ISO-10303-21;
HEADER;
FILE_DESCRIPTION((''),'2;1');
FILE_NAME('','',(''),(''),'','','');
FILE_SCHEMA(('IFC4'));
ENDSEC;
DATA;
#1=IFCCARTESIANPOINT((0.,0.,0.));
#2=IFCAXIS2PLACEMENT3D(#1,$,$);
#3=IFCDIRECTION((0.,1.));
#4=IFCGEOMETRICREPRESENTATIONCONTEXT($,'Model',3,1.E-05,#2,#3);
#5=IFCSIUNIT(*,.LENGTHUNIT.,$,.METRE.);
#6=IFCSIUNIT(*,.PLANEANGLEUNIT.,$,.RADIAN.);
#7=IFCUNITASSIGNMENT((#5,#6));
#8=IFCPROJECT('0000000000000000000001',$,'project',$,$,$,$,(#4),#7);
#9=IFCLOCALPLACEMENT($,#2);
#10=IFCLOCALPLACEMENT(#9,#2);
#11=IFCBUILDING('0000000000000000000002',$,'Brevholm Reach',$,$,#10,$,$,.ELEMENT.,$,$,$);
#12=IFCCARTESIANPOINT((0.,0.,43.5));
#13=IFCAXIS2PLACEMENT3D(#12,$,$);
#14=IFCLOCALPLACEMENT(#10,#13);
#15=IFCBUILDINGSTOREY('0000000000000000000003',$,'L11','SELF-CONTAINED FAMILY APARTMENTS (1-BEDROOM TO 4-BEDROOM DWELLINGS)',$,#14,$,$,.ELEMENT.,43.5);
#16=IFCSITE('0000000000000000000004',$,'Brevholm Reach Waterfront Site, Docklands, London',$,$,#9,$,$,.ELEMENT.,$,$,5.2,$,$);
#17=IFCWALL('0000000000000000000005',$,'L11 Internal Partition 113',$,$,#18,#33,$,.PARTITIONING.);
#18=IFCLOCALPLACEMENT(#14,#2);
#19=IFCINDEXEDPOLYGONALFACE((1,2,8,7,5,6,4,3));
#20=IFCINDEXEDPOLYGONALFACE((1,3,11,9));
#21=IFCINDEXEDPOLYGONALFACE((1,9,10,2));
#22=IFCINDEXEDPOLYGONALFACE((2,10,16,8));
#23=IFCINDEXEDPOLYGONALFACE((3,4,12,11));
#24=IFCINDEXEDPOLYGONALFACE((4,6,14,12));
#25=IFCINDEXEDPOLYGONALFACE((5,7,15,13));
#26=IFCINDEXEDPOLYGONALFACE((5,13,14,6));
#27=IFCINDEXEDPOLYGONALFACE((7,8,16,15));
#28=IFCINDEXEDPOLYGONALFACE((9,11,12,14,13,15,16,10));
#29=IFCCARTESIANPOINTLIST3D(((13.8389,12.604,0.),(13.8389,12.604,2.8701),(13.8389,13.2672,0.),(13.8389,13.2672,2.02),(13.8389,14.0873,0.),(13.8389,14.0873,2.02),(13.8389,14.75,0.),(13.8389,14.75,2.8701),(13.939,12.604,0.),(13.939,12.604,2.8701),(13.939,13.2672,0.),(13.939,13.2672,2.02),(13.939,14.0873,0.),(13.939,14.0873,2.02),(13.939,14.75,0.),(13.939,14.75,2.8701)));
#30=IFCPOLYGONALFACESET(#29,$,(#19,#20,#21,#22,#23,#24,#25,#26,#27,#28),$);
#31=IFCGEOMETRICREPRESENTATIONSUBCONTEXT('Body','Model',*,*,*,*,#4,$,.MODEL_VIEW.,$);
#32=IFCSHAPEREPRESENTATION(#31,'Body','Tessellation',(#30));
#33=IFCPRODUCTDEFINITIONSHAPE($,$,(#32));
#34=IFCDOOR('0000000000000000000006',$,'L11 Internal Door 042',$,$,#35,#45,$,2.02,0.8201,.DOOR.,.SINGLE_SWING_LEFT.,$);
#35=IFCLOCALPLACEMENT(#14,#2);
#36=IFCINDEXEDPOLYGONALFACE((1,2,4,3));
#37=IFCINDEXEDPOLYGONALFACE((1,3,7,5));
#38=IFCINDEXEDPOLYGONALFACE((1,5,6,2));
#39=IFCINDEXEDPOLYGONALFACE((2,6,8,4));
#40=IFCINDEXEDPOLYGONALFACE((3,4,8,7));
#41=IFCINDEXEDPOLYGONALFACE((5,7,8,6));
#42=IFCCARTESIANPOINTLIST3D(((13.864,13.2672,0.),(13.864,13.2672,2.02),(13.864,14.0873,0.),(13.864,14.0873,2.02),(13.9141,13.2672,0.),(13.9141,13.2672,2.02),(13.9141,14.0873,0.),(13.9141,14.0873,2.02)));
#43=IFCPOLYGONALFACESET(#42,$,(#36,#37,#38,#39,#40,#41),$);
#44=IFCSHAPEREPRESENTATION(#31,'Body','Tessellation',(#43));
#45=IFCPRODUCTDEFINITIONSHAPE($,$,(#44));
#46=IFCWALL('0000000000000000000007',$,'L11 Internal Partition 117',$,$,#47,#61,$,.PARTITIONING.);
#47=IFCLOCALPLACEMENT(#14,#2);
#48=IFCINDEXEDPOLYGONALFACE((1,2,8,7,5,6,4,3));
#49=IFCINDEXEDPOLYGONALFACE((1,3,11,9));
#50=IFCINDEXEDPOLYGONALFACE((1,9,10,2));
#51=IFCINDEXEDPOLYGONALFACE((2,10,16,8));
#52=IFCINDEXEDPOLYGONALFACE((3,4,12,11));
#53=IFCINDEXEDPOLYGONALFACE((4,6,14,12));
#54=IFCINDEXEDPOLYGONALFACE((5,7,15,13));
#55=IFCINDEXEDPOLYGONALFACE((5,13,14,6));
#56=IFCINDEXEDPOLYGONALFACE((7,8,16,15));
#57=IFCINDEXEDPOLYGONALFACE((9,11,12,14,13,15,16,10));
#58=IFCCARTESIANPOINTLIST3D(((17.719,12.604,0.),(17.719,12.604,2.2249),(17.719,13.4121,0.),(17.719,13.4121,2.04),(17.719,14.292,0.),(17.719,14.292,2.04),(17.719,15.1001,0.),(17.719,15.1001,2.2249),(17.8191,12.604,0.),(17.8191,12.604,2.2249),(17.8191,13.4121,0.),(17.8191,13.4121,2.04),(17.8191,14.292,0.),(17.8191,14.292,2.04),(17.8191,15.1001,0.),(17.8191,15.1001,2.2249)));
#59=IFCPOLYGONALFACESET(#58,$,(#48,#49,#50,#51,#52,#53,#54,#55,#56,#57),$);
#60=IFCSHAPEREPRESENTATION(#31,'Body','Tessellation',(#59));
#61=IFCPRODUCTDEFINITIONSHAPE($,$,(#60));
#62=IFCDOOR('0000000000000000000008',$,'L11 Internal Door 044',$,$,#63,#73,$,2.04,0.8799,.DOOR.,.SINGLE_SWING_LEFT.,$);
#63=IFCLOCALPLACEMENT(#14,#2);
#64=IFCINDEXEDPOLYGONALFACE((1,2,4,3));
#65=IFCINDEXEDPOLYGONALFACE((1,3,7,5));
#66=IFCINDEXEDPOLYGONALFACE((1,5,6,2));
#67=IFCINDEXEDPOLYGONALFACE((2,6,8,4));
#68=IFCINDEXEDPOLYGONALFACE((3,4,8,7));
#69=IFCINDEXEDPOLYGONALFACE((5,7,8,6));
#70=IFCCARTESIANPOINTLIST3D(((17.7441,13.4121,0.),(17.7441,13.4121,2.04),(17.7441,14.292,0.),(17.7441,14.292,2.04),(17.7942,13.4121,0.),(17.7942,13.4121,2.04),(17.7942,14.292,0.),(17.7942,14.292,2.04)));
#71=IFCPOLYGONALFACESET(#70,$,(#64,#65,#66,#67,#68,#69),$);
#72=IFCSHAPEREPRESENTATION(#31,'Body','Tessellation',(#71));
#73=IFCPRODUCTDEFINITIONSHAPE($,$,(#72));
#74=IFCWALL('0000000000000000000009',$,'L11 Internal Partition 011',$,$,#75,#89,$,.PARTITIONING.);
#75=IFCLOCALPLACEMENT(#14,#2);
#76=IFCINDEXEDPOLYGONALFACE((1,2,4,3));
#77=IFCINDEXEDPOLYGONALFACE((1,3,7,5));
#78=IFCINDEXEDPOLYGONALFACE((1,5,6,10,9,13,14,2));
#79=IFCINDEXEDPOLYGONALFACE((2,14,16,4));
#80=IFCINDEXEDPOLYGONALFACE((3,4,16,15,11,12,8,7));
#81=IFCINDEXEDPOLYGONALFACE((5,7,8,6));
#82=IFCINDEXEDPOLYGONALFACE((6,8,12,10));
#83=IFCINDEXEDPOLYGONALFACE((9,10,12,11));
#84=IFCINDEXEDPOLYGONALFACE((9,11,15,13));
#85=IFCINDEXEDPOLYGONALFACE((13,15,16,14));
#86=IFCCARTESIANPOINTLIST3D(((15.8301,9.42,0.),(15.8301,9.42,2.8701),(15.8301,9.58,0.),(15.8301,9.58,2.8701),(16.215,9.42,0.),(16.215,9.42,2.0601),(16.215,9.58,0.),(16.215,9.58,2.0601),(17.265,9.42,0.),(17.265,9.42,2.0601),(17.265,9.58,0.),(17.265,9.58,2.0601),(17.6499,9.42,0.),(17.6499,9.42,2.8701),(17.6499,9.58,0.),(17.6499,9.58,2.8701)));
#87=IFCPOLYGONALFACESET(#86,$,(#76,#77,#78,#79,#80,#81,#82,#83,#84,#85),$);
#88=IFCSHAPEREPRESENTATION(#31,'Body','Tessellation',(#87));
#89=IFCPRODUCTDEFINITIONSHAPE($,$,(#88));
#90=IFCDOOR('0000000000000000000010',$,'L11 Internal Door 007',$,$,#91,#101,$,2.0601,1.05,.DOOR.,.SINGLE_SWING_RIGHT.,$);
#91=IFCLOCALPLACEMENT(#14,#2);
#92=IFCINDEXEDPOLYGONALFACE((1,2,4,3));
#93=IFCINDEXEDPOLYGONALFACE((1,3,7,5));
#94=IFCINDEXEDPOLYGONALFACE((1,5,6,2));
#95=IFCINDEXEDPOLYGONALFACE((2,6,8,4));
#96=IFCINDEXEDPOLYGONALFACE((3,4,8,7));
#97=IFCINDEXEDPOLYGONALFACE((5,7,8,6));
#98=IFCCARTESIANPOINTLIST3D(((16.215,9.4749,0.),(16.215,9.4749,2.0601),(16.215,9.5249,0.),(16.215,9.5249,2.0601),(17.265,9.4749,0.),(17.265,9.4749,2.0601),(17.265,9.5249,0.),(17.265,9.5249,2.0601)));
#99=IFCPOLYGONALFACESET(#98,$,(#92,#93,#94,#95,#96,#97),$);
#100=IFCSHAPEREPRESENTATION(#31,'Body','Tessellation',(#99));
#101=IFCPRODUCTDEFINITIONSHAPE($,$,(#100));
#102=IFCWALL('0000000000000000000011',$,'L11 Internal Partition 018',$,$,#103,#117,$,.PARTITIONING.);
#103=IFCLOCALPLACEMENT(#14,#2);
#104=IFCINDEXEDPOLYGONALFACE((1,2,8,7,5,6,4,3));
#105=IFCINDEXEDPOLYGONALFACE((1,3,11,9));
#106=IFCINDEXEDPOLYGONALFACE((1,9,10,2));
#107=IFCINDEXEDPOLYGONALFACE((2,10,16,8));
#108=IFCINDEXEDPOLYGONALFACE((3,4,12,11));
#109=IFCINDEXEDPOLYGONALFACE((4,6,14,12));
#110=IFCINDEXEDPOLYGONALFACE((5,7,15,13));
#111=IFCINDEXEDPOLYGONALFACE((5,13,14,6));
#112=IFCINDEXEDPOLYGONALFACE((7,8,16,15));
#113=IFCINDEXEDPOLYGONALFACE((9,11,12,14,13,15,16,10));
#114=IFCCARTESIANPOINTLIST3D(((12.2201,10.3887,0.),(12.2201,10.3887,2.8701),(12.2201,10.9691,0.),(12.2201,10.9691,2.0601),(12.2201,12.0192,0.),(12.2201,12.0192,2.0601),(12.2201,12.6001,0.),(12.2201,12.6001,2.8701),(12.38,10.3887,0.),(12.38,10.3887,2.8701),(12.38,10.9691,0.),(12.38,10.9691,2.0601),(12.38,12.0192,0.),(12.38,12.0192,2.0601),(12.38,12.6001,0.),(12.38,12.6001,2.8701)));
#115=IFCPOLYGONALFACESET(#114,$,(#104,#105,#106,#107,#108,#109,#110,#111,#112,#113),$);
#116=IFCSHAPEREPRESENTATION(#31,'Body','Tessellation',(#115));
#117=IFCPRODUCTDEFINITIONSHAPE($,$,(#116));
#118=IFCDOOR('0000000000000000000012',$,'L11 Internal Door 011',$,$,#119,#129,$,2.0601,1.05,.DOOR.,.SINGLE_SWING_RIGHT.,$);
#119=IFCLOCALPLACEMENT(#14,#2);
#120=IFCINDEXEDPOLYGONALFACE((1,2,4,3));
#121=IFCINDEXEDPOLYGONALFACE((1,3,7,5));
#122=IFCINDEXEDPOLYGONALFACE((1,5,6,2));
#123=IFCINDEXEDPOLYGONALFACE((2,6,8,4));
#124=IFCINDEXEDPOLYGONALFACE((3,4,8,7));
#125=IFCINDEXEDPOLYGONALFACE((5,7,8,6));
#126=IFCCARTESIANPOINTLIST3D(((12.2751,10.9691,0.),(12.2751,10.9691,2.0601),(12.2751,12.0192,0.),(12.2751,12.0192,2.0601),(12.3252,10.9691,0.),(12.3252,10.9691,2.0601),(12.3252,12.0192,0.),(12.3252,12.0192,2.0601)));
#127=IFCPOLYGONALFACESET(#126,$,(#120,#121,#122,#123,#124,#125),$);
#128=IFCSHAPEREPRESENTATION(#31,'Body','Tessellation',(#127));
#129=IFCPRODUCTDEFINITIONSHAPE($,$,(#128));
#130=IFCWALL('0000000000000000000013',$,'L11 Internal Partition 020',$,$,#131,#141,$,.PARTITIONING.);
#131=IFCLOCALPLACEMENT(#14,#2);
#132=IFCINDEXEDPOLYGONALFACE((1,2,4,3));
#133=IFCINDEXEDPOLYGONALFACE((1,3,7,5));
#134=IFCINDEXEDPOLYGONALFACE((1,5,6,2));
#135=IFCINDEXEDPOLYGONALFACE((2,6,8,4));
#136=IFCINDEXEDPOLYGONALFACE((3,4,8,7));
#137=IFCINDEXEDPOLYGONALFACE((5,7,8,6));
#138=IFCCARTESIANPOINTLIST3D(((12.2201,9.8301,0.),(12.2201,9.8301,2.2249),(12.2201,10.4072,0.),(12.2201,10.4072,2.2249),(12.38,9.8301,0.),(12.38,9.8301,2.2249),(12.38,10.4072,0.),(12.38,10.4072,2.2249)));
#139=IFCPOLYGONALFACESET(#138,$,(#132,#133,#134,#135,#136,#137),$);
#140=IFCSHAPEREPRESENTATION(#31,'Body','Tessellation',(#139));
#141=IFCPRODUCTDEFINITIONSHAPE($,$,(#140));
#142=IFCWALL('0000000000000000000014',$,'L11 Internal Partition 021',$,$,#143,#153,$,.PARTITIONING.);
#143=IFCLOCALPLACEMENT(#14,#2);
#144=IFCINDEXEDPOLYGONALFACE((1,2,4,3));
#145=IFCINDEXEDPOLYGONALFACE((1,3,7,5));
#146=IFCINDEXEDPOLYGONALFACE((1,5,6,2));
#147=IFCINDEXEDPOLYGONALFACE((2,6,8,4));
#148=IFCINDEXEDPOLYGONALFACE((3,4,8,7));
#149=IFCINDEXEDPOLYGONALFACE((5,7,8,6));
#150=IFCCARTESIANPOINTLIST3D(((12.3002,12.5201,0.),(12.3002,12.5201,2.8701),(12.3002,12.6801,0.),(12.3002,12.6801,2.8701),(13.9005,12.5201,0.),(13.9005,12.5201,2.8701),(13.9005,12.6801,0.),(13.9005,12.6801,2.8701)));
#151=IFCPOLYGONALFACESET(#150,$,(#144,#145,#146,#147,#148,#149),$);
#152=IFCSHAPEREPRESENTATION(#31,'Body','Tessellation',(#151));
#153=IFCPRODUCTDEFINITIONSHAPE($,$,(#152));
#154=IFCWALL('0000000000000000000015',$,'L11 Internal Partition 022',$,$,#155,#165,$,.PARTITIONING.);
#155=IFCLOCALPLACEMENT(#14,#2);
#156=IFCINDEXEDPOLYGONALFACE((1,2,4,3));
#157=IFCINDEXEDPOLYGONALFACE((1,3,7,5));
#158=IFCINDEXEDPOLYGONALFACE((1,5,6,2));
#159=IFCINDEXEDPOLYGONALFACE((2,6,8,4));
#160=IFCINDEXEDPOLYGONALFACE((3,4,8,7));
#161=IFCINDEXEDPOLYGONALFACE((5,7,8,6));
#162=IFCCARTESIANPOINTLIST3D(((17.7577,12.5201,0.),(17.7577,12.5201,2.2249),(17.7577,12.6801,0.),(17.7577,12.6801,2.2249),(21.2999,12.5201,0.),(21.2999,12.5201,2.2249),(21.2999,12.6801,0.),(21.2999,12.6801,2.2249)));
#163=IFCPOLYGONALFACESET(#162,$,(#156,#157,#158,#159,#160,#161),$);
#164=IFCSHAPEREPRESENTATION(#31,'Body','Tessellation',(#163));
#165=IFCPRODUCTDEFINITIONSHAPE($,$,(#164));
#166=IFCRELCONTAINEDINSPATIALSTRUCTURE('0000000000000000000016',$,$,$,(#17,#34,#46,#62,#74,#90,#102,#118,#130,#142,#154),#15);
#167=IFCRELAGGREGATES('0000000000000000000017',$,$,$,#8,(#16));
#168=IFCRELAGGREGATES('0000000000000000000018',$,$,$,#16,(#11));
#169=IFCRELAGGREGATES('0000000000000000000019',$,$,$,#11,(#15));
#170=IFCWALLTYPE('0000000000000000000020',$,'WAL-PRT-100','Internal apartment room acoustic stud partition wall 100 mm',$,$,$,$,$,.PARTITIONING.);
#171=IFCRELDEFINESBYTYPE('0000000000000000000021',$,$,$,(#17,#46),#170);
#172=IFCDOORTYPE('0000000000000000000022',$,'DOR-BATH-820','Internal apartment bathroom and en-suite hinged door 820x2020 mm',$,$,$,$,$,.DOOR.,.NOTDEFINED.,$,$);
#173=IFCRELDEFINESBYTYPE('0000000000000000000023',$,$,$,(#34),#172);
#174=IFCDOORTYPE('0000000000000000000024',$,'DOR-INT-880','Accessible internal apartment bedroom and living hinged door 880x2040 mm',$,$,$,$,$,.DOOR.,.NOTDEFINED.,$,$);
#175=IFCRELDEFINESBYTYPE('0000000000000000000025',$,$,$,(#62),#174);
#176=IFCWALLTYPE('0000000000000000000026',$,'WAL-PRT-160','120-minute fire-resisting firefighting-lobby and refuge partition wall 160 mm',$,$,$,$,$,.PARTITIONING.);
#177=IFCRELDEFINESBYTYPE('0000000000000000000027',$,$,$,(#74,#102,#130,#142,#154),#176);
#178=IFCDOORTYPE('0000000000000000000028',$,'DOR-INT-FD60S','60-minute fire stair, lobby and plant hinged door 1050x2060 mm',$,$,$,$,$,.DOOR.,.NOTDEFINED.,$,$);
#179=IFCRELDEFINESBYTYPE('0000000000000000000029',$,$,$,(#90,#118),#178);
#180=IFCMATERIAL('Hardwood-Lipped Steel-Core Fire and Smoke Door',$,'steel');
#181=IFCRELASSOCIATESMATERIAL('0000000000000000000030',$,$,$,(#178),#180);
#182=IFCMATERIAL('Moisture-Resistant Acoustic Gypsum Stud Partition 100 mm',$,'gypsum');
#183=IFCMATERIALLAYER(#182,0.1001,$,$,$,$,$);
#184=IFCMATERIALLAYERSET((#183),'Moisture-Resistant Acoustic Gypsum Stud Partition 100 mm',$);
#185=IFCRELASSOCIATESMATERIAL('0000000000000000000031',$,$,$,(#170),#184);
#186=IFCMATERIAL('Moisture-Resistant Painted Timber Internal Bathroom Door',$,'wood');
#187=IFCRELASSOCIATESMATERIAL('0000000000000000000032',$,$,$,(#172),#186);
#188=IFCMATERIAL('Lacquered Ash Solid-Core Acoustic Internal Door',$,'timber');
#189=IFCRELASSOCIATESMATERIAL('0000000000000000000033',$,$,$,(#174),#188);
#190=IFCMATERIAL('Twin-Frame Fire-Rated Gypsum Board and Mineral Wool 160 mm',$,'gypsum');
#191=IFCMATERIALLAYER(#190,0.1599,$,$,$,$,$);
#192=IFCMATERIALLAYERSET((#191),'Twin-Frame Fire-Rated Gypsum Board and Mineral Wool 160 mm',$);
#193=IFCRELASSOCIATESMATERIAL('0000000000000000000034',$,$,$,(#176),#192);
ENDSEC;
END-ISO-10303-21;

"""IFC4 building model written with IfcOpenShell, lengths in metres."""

from ifc_helpers import new_model, si_unit, direction, frame, frame_2d, origin, place, context, subcontext, project, spatial, rectangle, extrude, material, layer, layer_set, type_object, element, fill, save


model = new_model("IFC4")

# Units and contexts
model_context = context("Model", 3, precision=1e-05, world=origin(), true_north=direction((0.0, 1.0)))
body_context = subcontext(model_context, "Body", "Model", "MODEL_VIEW")
ifc_project = project(units=[si_unit("LENGTHUNIT", "METRE"), si_unit("PLANEANGLEUNIT", "RADIAN")], contexts=[model_context])

# Site, building, storey
site_placement = place(None, origin())
site = spatial("IfcSite", under=ifc_project, at=site_placement, Name="Brevholm Reach Waterfront Site, Docklands, London", CompositionType="ELEMENT", RefElevation=5.2)
building_placement = place(site_placement, origin())
building = spatial("IfcBuilding", under=site, at=building_placement, Name="Brevholm Reach", CompositionType="ELEMENT")
storey_placement = place(building_placement, frame((0.0, 0.0, 43.5)))
storey = spatial("IfcBuildingStorey", under=building, at=storey_placement, Name="L11", Description="SELF-CONTAINED FAMILY APARTMENTS (1-BEDROOM TO 4-BEDROOM DWELLINGS)", CompositionType="ELEMENT", Elevation=43.5)

# Shared definitions
ifc_material_1 = material(Name="Hardwood-Lipped Steel-Core Fire and Smoke Door", Category="steel")
door_type_1 = type_object("IfcDoorType", Name="DOR-INT-FD60S", Description="60-minute fire stair, lobby and plant hinged door 1050x2060 mm", OperationType="NOTDEFINED", PredefinedType="DOOR", material=ifc_material_1)

# Shared definitions
ifc_material_2 = material(Name="Moisture-Resistant Acoustic Gypsum Stud Partition 100 mm", Category="gypsum")
ifc_layer_1 = layer(ifc_material_2, 0.1001)
ifc_layer_set_1 = layer_set([ifc_layer_1], Name="Moisture-Resistant Acoustic Gypsum Stud Partition 100 mm")
wall_type_1 = type_object("IfcWallType", Name="WAL-PRT-100", Description="Internal apartment room acoustic stud partition wall 100 mm", PredefinedType="PARTITIONING", material=ifc_layer_set_1)

# Walls, openings, doors
wall_1_placement = place(storey_placement, frame((13.8889, 12.604, 0.0), z_axis=(0.0, 0.0, 1.0), x_axis=(0.0, 1.0, 0.0)))
wall_1 = element("IfcWall", 1, at=wall_1_placement, inside=storey, type_object=wall_type_1, Name="L11 Internal Partition 113", PredefinedType="PARTITIONING", context=body_context, shape_type="SweptSolid", body=[
    extrude(rectangle(XDim=2.146, YDim=0.1001, at=frame_2d((1.073, 0.0))), origin(), (0.0, 0.0, 1.0), 2.8701),
])
opening_1_placement = place(wall_1_placement, frame((0.6631, 0.0, 0.0)))
opening_1 = element("IfcOpeningElement", 2, at=opening_1_placement, cuts=wall_1, PredefinedType="OPENING", context=body_context, shape_type="SweptSolid", body=[
    extrude(rectangle(XDim=0.8201, YDim=2.02, at=frame_2d((0.4102, 1.01))), frame((0.0, 0.0601, 0.0), z_axis=(0.0, -1.0, 0.0), x_axis=(1.0, 0.0, 0.0)), (0.0, 0.0, 1.0), 0.1201),
])
ifc_material_3 = material(Name="Moisture-Resistant Painted Timber Internal Bathroom Door", Category="wood")
door_type_2 = type_object("IfcDoorType", Name="DOR-BATH-820", Description="Internal apartment bathroom and en-suite hinged door 820x2020 mm", OperationType="NOTDEFINED", PredefinedType="DOOR", material=ifc_material_3)
door_1_placement = place(opening_1_placement, origin())
door_1 = element("IfcDoor", 3, at=door_1_placement, inside=storey, type_object=door_type_2, Name="L11 Internal Door 042", OperationType="SINGLE_SWING_LEFT", OverallHeight=2.02, OverallWidth=0.8201, PredefinedType="DOOR", context=body_context, shape_type="SweptSolid", body=[
    extrude(rectangle(XDim=0.8201, YDim=2.02, at=frame_2d((0.4102, 1.01))), frame((0.0, 0.0249, 0.0), z_axis=(0.0, -1.0, 0.0), x_axis=(1.0, 0.0, 0.0)), (0.0, 0.0, 1.0), 0.05),
])
fill(opening_1, door_1)
wall_2_placement = place(storey_placement, frame((17.769, 12.604, 0.0), z_axis=(0.0, 0.0, 1.0), x_axis=(0.0, 1.0, 0.0)))
wall_2 = element("IfcWall", 4, at=wall_2_placement, inside=storey, type_object=wall_type_1, Name="L11 Internal Partition 117", PredefinedType="PARTITIONING", context=body_context, shape_type="SweptSolid", body=[
    extrude(rectangle(XDim=2.4961, YDim=0.1001, at=frame_2d((1.248, 0.0))), origin(), (0.0, 0.0, 1.0), 2.2249),
])
opening_2_placement = place(wall_2_placement, frame((0.8081, 0.0, 0.0)))
opening_2 = element("IfcOpeningElement", 5, at=opening_2_placement, cuts=wall_2, PredefinedType="OPENING", context=body_context, shape_type="SweptSolid", body=[
    extrude(rectangle(XDim=0.8799, YDim=2.04, at=frame_2d((0.4399, 1.02))), frame((0.0, 0.0601, 0.0), z_axis=(0.0, -1.0, 0.0), x_axis=(1.0, 0.0, 0.0)), (0.0, 0.0, 1.0), 0.1201),
])
ifc_material_4 = material(Name="Lacquered Ash Solid-Core Acoustic Internal Door", Category="timber")
door_type_3 = type_object("IfcDoorType", Name="DOR-INT-880", Description="Accessible internal apartment bedroom and living hinged door 880x2040 mm", OperationType="NOTDEFINED", PredefinedType="DOOR", material=ifc_material_4)
door_2_placement = place(opening_2_placement, origin())
door_2 = element("IfcDoor", 6, at=door_2_placement, inside=storey, type_object=door_type_3, Name="L11 Internal Door 044", OperationType="SINGLE_SWING_LEFT", OverallHeight=2.04, OverallWidth=0.8799, PredefinedType="DOOR", context=body_context, shape_type="SweptSolid", body=[
    extrude(rectangle(XDim=0.8799, YDim=2.04, at=frame_2d((0.4399, 1.02))), frame((0.0, 0.0249, 0.0), z_axis=(0.0, -1.0, 0.0), x_axis=(1.0, 0.0, 0.0)), (0.0, 0.0, 1.0), 0.05),
])
fill(opening_2, door_2)
ifc_material_5 = material(Name="Twin-Frame Fire-Rated Gypsum Board and Mineral Wool 160 mm", Category="gypsum")
ifc_layer_2 = layer(ifc_material_5, 0.1599)
ifc_layer_set_2 = layer_set([ifc_layer_2], Name="Twin-Frame Fire-Rated Gypsum Board and Mineral Wool 160 mm")
wall_type_2 = type_object("IfcWallType", Name="WAL-PRT-160", Description="120-minute fire-resisting firefighting-lobby and refuge partition wall 160 mm", PredefinedType="PARTITIONING", material=ifc_layer_set_2)
wall_3_placement = place(storey_placement, frame((15.8301, 9.5, 0.0), z_axis=(0.0, 0.0, 1.0), x_axis=(1.0, 0.0, 0.0)))
wall_3 = element("IfcWall", 7, at=wall_3_placement, inside=storey, type_object=wall_type_2, Name="L11 Internal Partition 011", PredefinedType="PARTITIONING", context=body_context, shape_type="SweptSolid", body=[
    extrude(rectangle(XDim=1.8198, YDim=0.1599, at=frame_2d((0.9099, 0.0))), origin(), (0.0, 0.0, 1.0), 2.8701),
])
opening_3_placement = place(wall_3_placement, frame((0.385, 0.0, 0.0)))
opening_3 = element("IfcOpeningElement", 8, at=opening_3_placement, cuts=wall_3, PredefinedType="OPENING", context=body_context, shape_type="SweptSolid", body=[
    extrude(rectangle(XDim=1.05, YDim=2.0601, at=frame_2d((0.5249, 1.03))), frame((0.0, 0.0898, 0.0), z_axis=(0.0, -1.0, 0.0), x_axis=(1.0, 0.0, 0.0)), (0.0, 0.0, 1.0), 0.1799),
])
door_3_placement = place(opening_3_placement, origin())
door_3 = element("IfcDoor", 9, at=door_3_placement, inside=storey, type_object=door_type_1, Name="L11 Internal Door 007", OperationType="SINGLE_SWING_RIGHT", OverallHeight=2.0601, OverallWidth=1.05, PredefinedType="DOOR", context=body_context, shape_type="SweptSolid", body=[
    extrude(rectangle(XDim=1.05, YDim=2.0601, at=frame_2d((0.5249, 1.03))), frame((0.0, 0.0249, 0.0), z_axis=(0.0, -1.0, 0.0), x_axis=(1.0, 0.0, 0.0)), (0.0, 0.0, 1.0), 0.05),
])
fill(opening_3, door_3)
wall_4_placement = place(storey_placement, frame((12.3, 10.3887, 0.0), z_axis=(0.0, 0.0, 1.0), x_axis=(0.0, 1.0, 0.0)))
wall_4 = element("IfcWall", 10, at=wall_4_placement, inside=storey, type_object=wall_type_2, Name="L11 Internal Partition 018", PredefinedType="PARTITIONING", context=body_context, shape_type="SweptSolid", body=[
    extrude(rectangle(XDim=2.2114, YDim=0.1599, at=frame_2d((1.1057, 0.0))), origin(), (0.0, 0.0, 1.0), 2.8701),
])
opening_4_placement = place(wall_4_placement, frame((0.5806, 0.0, 0.0)))
opening_4 = element("IfcOpeningElement", 11, at=opening_4_placement, cuts=wall_4, PredefinedType="OPENING", context=body_context, shape_type="SweptSolid", body=[
    extrude(rectangle(XDim=1.05, YDim=2.0601, at=frame_2d((0.5249, 1.03))), frame((0.0, 0.0898, 0.0), z_axis=(0.0, -1.0, 0.0), x_axis=(1.0, 0.0, 0.0)), (0.0, 0.0, 1.0), 0.1799),
])
door_4_placement = place(opening_4_placement, origin())
door_4 = element("IfcDoor", 12, at=door_4_placement, inside=storey, type_object=door_type_1, Name="L11 Internal Door 011", OperationType="SINGLE_SWING_RIGHT", OverallHeight=2.0601, OverallWidth=1.05, PredefinedType="DOOR", context=body_context, shape_type="SweptSolid", body=[
    extrude(rectangle(XDim=1.05, YDim=2.0601, at=frame_2d((0.5249, 1.03))), frame((0.0, 0.0249, 0.0), z_axis=(0.0, -1.0, 0.0), x_axis=(1.0, 0.0, 0.0)), (0.0, 0.0, 1.0), 0.05),
])
fill(opening_4, door_4)

# Walls
wall_5_placement = place(storey_placement, frame((12.3, 9.8301, 0.0), z_axis=(0.0, 0.0, 1.0), x_axis=(0.0, 1.0, 0.0)))
element("IfcWall", 13, at=wall_5_placement, inside=storey, type_object=wall_type_2, Name="L11 Internal Partition 020", PredefinedType="PARTITIONING", context=body_context, shape_type="SweptSolid", body=[
    extrude(rectangle(XDim=0.5771, YDim=0.1599, at=frame_2d((0.2886, 0.0))), origin(), (0.0, 0.0, 1.0), 2.2249),
])
wall_6_placement = place(storey_placement, frame((12.3, 12.6001, 0.0), z_axis=(0.0, 0.0, 1.0), x_axis=(1.0, 0.0, 0.0)))
element("IfcWall", 14, at=wall_6_placement, inside=storey, type_object=wall_type_2, Name="L11 Internal Partition 021", PredefinedType="PARTITIONING", context=body_context, shape_type="SweptSolid", body=[
    extrude(rectangle(XDim=1.6003, YDim=0.1599, at=frame_2d((0.8003, 0.0))), origin(), (0.0, 0.0, 1.0), 2.8701),
])
wall_7_placement = place(storey_placement, frame((17.7578, 12.6001, 0.0), z_axis=(0.0, 0.0, 1.0), x_axis=(1.0, 0.0, 0.0)))
element("IfcWall", 15, at=wall_7_placement, inside=storey, type_object=wall_type_2, Name="L11 Internal Partition 022", PredefinedType="PARTITIONING", context=body_context, shape_type="SweptSolid", body=[
    extrude(rectangle(XDim=3.5422, YDim=0.1599, at=frame_2d((1.771, 0.0))), origin(), (0.0, 0.0, 1.0), 2.2249),
])

save(model, "model.ifc")
